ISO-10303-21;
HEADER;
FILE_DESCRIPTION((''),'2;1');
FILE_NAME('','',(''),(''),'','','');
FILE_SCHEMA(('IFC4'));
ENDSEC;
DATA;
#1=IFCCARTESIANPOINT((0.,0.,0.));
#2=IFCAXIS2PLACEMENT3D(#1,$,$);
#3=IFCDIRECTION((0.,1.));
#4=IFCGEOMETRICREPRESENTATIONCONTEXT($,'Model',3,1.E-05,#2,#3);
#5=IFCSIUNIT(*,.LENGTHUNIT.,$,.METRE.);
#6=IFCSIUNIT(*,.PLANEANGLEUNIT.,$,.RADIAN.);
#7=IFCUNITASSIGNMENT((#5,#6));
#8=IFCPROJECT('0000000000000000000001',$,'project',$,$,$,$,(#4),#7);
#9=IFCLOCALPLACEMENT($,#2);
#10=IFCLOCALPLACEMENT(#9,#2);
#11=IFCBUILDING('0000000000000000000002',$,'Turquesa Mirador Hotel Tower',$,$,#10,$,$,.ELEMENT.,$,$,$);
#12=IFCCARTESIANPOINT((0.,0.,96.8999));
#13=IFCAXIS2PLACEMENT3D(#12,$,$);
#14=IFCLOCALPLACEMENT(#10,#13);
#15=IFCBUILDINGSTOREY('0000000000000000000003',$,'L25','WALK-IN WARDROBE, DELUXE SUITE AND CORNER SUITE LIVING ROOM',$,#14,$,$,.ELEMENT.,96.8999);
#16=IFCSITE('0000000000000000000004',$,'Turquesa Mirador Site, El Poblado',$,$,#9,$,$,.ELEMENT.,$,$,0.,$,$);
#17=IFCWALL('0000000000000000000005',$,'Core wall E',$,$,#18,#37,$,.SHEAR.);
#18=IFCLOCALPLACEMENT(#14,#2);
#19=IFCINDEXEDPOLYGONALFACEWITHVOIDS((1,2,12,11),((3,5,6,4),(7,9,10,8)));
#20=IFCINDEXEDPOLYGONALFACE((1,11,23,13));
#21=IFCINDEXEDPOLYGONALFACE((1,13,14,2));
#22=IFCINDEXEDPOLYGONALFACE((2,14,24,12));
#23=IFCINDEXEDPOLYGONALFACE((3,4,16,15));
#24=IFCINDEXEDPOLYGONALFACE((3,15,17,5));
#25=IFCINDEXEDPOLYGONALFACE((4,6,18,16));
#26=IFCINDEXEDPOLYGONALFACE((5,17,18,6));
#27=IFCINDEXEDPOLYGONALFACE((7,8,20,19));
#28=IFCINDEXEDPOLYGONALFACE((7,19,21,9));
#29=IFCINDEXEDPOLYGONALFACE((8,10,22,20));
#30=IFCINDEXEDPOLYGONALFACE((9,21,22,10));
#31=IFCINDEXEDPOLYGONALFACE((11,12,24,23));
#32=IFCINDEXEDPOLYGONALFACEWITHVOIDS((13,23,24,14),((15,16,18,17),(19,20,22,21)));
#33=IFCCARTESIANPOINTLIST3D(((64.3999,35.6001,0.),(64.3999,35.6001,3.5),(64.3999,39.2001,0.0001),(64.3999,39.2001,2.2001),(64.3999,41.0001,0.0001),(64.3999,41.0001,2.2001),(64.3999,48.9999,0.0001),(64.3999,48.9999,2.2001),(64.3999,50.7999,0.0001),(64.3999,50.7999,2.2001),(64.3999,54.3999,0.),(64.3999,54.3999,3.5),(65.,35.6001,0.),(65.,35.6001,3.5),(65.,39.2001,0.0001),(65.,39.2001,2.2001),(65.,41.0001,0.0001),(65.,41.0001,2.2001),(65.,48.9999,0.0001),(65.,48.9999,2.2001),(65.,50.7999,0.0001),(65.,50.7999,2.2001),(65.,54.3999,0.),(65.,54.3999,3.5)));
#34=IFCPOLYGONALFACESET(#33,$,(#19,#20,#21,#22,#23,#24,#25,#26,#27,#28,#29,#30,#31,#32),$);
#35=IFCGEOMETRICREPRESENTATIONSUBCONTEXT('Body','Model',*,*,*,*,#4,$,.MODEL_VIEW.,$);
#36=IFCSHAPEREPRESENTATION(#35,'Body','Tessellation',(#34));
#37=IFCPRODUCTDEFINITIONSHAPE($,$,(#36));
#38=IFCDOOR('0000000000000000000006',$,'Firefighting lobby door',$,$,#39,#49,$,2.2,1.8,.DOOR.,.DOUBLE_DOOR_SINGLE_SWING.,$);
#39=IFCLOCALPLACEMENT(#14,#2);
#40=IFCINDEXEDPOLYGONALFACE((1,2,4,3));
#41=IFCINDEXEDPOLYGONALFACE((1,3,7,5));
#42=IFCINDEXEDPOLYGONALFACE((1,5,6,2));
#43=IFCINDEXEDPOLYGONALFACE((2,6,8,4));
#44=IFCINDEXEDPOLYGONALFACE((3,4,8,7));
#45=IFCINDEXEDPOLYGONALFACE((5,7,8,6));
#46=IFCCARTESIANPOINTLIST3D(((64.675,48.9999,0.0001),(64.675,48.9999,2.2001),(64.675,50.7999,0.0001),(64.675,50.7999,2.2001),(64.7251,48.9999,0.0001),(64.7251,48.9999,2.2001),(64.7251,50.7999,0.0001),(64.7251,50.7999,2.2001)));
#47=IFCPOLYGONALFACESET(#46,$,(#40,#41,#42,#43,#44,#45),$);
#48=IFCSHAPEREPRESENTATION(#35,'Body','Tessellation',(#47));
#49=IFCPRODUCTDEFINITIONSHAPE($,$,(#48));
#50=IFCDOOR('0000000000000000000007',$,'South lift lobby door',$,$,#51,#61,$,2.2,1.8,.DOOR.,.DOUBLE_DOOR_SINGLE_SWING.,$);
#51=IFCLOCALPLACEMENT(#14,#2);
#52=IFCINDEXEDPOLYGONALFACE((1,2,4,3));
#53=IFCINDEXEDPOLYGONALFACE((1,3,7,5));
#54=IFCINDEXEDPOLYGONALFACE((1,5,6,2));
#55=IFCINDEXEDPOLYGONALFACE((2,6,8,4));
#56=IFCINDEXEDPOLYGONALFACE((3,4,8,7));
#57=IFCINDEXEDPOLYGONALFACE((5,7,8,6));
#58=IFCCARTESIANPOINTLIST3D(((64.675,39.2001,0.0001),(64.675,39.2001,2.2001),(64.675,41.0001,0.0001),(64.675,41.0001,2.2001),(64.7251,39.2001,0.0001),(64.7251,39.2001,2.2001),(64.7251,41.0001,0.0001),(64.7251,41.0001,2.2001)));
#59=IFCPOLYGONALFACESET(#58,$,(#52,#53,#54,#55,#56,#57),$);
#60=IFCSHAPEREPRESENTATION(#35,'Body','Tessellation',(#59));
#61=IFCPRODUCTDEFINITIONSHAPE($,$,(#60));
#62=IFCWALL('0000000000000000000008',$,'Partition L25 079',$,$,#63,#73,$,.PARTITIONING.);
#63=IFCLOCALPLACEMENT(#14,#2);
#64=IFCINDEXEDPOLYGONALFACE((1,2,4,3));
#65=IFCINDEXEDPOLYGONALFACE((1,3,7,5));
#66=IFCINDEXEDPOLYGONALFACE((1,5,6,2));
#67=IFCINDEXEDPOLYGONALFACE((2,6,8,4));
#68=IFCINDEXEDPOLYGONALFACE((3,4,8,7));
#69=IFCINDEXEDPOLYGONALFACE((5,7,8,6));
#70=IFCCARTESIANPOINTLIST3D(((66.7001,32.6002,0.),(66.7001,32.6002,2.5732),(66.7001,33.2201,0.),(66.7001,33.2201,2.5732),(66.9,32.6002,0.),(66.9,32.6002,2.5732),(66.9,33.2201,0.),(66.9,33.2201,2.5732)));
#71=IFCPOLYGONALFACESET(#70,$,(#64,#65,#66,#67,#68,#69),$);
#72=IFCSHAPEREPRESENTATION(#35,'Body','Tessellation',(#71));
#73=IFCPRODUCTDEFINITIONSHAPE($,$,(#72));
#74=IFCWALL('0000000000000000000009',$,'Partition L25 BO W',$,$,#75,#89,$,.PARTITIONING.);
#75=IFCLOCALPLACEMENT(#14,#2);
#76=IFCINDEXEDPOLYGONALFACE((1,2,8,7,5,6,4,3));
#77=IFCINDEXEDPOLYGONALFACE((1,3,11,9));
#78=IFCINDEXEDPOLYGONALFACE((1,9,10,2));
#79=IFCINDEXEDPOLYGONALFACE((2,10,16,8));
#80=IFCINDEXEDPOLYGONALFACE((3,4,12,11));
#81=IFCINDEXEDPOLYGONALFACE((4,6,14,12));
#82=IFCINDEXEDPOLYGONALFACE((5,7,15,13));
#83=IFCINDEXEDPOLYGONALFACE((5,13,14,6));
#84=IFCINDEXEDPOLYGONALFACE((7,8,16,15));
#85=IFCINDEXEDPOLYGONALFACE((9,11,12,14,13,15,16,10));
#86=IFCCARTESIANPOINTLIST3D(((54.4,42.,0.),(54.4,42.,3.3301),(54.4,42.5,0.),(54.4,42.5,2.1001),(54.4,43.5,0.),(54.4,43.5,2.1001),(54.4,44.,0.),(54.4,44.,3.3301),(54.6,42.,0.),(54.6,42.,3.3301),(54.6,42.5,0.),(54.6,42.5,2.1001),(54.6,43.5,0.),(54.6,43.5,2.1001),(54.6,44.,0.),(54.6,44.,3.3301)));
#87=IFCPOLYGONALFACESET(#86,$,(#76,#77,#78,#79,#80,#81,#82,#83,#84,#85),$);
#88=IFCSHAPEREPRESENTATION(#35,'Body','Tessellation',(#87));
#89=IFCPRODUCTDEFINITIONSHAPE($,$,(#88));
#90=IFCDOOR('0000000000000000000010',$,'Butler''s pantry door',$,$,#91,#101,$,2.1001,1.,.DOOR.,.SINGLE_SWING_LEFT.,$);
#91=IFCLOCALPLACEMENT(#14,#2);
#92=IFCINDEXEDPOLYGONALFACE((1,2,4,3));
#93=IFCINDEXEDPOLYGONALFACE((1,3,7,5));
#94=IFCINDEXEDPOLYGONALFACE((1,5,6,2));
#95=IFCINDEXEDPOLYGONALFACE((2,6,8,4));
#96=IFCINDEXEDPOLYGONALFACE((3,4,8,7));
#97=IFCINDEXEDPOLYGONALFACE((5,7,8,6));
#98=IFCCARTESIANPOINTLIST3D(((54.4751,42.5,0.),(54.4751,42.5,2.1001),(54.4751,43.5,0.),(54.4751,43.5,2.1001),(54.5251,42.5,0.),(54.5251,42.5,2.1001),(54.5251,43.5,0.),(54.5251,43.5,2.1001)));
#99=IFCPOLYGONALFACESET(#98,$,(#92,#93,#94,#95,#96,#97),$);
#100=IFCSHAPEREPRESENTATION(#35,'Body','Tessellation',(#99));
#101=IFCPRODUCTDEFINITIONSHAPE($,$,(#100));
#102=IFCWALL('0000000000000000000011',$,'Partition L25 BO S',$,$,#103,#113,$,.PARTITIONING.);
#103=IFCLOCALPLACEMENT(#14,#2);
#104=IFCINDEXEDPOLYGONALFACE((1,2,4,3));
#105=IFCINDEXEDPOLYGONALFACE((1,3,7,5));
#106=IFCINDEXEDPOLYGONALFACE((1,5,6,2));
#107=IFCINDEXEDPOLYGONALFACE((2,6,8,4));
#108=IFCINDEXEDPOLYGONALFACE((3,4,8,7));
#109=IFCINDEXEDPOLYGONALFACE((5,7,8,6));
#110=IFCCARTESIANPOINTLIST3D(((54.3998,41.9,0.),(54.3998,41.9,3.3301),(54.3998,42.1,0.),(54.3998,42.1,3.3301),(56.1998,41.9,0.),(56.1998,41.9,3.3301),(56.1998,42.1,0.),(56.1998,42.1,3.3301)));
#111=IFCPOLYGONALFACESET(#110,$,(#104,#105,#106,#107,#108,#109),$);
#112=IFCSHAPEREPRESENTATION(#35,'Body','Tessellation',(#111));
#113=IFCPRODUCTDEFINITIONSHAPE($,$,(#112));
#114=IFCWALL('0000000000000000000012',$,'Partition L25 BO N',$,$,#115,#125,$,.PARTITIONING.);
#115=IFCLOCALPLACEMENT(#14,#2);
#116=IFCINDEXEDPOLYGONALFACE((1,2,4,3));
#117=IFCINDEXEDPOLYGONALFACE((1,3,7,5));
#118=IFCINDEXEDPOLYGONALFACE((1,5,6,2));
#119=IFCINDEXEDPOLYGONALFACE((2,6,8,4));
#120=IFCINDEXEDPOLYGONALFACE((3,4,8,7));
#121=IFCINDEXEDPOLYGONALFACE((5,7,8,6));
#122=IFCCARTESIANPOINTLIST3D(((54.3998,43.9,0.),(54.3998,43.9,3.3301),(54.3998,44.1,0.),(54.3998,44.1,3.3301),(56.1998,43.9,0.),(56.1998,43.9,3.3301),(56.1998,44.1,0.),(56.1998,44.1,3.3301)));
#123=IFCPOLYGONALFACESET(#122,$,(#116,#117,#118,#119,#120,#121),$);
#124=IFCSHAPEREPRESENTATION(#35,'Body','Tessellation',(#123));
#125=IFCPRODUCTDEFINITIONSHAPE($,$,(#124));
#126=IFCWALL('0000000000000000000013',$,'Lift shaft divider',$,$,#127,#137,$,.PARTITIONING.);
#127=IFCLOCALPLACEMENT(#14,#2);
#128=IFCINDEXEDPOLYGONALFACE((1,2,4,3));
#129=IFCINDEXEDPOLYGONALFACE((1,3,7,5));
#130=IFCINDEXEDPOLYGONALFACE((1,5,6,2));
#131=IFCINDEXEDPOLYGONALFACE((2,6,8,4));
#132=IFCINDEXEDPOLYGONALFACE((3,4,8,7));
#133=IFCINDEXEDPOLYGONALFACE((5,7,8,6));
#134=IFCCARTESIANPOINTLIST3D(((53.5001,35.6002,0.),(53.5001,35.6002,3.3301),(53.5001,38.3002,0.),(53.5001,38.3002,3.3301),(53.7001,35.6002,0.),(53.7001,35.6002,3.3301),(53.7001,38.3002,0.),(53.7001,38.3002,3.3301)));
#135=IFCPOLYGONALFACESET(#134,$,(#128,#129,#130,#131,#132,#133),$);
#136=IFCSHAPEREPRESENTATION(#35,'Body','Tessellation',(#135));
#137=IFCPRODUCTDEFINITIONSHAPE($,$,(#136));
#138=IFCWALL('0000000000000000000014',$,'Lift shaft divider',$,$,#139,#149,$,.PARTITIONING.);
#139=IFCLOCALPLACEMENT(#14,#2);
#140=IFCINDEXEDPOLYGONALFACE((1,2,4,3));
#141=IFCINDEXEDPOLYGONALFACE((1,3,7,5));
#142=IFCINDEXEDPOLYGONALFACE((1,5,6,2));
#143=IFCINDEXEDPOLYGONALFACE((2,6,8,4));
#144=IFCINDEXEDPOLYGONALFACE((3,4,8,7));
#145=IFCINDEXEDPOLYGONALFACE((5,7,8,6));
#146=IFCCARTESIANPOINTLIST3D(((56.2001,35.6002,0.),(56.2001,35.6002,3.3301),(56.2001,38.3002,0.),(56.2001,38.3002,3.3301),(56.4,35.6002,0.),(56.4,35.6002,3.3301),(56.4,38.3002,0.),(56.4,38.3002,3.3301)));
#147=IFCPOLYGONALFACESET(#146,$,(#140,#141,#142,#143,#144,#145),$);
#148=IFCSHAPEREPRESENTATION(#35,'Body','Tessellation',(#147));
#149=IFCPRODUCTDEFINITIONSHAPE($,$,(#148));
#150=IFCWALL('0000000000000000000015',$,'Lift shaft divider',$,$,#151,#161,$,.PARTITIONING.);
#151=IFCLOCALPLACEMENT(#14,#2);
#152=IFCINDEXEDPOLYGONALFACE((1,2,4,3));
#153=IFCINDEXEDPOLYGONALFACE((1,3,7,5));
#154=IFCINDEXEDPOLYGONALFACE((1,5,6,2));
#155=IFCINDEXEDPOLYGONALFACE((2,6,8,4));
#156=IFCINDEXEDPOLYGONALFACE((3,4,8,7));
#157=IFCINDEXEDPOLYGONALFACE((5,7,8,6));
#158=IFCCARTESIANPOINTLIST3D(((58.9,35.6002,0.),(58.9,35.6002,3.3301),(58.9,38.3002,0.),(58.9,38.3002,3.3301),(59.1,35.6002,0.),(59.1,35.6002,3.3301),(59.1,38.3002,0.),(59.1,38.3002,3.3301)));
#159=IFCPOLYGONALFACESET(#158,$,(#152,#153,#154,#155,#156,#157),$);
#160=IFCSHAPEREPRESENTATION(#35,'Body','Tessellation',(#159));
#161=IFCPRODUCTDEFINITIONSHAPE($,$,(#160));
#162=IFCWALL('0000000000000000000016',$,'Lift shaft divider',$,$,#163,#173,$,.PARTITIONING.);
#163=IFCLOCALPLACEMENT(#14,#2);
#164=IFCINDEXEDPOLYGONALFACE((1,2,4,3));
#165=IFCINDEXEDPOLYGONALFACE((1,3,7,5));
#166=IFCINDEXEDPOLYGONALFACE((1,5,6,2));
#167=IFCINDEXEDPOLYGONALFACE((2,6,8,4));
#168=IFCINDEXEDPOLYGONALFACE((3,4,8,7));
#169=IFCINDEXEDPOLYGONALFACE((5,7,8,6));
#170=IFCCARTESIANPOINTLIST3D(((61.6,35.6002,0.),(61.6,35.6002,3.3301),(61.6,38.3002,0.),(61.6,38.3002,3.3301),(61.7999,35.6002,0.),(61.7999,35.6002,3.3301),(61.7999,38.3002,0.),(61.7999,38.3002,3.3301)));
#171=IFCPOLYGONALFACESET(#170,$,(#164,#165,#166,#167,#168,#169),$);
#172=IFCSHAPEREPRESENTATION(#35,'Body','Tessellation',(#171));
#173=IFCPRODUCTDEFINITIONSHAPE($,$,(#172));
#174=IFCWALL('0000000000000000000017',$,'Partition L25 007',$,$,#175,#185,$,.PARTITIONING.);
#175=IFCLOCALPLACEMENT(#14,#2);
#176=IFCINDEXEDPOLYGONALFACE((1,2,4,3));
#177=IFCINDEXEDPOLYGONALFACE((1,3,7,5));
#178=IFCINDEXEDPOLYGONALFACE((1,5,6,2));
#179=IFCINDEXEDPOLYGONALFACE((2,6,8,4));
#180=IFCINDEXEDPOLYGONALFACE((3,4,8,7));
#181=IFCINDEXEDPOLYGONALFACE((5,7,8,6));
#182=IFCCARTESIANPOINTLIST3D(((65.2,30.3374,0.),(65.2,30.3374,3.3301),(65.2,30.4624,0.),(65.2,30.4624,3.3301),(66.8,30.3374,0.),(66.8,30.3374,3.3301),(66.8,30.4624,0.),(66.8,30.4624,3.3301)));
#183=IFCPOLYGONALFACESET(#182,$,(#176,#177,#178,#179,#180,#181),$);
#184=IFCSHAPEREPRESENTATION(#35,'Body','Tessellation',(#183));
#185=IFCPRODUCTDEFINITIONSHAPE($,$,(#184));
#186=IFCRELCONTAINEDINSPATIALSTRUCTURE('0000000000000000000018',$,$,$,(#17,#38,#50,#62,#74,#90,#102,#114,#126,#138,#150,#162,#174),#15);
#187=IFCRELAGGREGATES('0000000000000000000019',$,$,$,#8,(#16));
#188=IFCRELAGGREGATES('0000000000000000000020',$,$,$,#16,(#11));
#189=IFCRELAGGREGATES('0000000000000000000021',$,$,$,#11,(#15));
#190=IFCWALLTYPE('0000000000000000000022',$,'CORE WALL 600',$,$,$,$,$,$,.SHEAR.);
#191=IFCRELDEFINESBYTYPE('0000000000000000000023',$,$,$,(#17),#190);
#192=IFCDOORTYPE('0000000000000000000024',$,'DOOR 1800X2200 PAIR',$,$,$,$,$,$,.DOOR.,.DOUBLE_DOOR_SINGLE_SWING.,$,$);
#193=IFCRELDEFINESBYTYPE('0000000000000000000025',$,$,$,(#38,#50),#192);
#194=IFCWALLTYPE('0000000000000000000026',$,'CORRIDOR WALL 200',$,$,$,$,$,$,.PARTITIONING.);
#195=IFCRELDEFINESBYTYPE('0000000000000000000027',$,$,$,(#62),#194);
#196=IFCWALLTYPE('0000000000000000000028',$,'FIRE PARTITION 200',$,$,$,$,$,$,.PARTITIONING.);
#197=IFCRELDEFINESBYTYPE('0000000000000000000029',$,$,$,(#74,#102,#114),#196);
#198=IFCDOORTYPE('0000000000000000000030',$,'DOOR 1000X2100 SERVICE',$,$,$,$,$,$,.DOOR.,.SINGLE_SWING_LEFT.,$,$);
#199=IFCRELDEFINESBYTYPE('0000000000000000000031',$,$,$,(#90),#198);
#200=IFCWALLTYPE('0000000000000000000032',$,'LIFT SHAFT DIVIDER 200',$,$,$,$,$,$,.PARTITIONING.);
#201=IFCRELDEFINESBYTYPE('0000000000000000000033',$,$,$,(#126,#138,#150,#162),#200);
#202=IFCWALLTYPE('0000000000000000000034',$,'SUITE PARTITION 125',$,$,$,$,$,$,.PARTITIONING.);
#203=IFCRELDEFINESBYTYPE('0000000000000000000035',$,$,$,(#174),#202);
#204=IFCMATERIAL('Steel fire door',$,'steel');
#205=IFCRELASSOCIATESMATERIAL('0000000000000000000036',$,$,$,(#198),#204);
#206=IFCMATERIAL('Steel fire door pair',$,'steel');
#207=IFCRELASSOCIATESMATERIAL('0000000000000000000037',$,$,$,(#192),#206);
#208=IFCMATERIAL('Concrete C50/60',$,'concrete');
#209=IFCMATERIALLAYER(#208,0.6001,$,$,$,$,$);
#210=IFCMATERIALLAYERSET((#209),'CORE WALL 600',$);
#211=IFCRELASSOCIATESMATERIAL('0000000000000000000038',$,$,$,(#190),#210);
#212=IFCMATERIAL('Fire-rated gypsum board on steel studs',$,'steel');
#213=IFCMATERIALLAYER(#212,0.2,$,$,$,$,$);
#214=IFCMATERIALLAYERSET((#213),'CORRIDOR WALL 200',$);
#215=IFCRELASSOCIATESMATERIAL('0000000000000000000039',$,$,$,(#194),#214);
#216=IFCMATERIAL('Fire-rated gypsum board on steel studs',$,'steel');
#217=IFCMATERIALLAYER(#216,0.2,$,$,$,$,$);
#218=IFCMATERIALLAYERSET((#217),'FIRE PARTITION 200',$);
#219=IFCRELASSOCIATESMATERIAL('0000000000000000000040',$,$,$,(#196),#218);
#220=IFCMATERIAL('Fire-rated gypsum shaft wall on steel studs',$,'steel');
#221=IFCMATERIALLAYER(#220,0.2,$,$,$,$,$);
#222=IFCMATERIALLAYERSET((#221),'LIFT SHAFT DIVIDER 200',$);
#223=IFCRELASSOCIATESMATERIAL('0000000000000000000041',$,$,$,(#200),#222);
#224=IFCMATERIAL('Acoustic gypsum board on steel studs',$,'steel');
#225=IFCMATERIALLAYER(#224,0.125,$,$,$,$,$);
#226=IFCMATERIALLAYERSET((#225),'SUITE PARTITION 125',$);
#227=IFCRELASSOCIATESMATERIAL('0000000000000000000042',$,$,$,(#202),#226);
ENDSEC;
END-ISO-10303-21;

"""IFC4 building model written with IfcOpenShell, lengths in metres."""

from ifc_helpers import new_model, si_unit, direction, frame, frame_2d, origin, place, context, subcontext, project, spatial, rectangle, extrude, material, layer, layer_set, type_object, element, fill, save


model = new_model("IFC4")

# Units and contexts
model_context = context("Model", 3, precision=1e-05, world=origin(), true_north=direction((0.0, 1.0)))
body_context = subcontext(model_context, "Body", "Model", "MODEL_VIEW")
ifc_project = project(units=[si_unit("LENGTHUNIT", "METRE"), si_unit("PLANEANGLEUNIT", "RADIAN")], contexts=[model_context])

# Site, building, storey
site_placement = place(None, origin())
site = spatial("IfcSite", under=ifc_project, at=site_placement, Name="Turquesa Mirador Site, El Poblado", CompositionType="ELEMENT", RefElevation=0.0)
building_placement = place(site_placement, origin())
building = spatial("IfcBuilding", under=site, at=building_placement, Name="Turquesa Mirador Hotel Tower", CompositionType="ELEMENT")
storey_placement = place(building_placement, frame((0.0, 0.0, 96.8999)))
storey = spatial("IfcBuildingStorey", under=building, at=storey_placement, Name="L25", Description="WALK-IN WARDROBE, DELUXE SUITE AND CORNER SUITE LIVING ROOM", CompositionType="ELEMENT", Elevation=96.8999)

# Shared definitions
ifc_material_1 = material(Name="Steel fire door", Category="steel")
door_type_1 = type_object("IfcDoorType", Name="DOOR 1000X2100 SERVICE", OperationType="SINGLE_SWING_LEFT", PredefinedType="DOOR", material=ifc_material_1)
ifc_material_2 = material(Name="Steel fire door pair", Category="steel")
door_type_2 = type_object("IfcDoorType", Name="DOOR 1800X2200 PAIR", OperationType="DOUBLE_DOOR_SINGLE_SWING", PredefinedType="DOOR", material=ifc_material_2)

# Wall, openings, doors
ifc_material_3 = material(Name="Concrete C50/60", Category="concrete")
ifc_layer_1 = layer(ifc_material_3, 0.6001)
ifc_layer_set_1 = layer_set([ifc_layer_1], Name="CORE WALL 600")
wall_type_1 = type_object("IfcWallType", Name="CORE WALL 600", PredefinedType="SHEAR", material=ifc_layer_set_1)
wall_1_placement = place(storey_placement, frame((64.7, 35.6001, 0.0), z_axis=(0.0, 0.0, 1.0), x_axis=(0.0, 1.0, 0.0)))
wall_1 = element("IfcWall", 1, at=wall_1_placement, inside=storey, type_object=wall_type_1, Name="Core wall E", PredefinedType="SHEAR", context=body_context, shape_type="SweptSolid", body=[
    extrude(rectangle(XDim=18.7998, YDim=0.6001, at=frame_2d((9.3999, 0.0))), origin(), (0.0, 0.0, 1.0), 3.5),
])
opening_1_placement = place(wall_1_placement, frame((13.3999, 0.0, 0.0)))
opening_1 = element("IfcOpeningElement", 2, at=opening_1_placement, cuts=wall_1, PredefinedType="OPENING", context=body_context, shape_type="SweptSolid", body=[
    extrude(rectangle(XDim=1.8, YDim=2.2, at=frame_2d((0.8999, 1.1001))), frame((0.0, 0.3101, 0.0), z_axis=(0.0, -1.0, 0.0), x_axis=(1.0, 0.0, 0.0)), (0.0, 0.0, 1.0), 0.6201),
])
opening_2_placement = place(wall_1_placement, frame((3.6001, 0.0, 0.0)))
opening_2 = element("IfcOpeningElement", 3, at=opening_2_placement, cuts=wall_1, PredefinedType="OPENING", context=body_context, shape_type="SweptSolid", body=[
    extrude(rectangle(XDim=1.8, YDim=2.2, at=frame_2d((0.8999, 1.1001))), frame((0.0, 0.3101, 0.0), z_axis=(0.0, -1.0, 0.0), x_axis=(1.0, 0.0, 0.0)), (0.0, 0.0, 1.0), 0.6201),
])
door_1_placement = place(opening_1_placement, origin())
door_1 = element("IfcDoor", 4, at=door_1_placement, inside=storey, type_object=door_type_2, Name="Firefighting lobby door", OperationType="DOUBLE_DOOR_SINGLE_SWING", OverallHeight=2.2, OverallWidth=1.8, PredefinedType="DOOR", context=body_context, shape_type="SweptSolid", body=[
    extrude(rectangle(XDim=1.8, YDim=2.2, at=frame_2d((0.8999, 1.1001))), frame((0.0, 0.0249, 0.0), z_axis=(0.0, -1.0, 0.0), x_axis=(1.0, 0.0, 0.0)), (0.0, 0.0, 1.0), 0.05),
])
fill(opening_1, door_1)
door_2_placement = place(opening_2_placement, origin())
door_2 = element("IfcDoor", 5, at=door_2_placement, inside=storey, type_object=door_type_2, Name="South lift lobby door", OperationType="DOUBLE_DOOR_SINGLE_SWING", OverallHeight=2.2, OverallWidth=1.8, PredefinedType="DOOR", context=body_context, shape_type="SweptSolid", body=[
    extrude(rectangle(XDim=1.8, YDim=2.2, at=frame_2d((0.8999, 1.1001))), frame((0.0, 0.0249, 0.0), z_axis=(0.0, -1.0, 0.0), x_axis=(1.0, 0.0, 0.0)), (0.0, 0.0, 1.0), 0.05),
])
fill(opening_2, door_2)

# Wall
ifc_material_4 = material(Name="Fire-rated gypsum board on steel studs", Category="steel")
ifc_layer_2 = layer(ifc_material_4, 0.2)
ifc_layer_set_2 = layer_set([ifc_layer_2], Name="CORRIDOR WALL 200")
wall_type_2 = type_object("IfcWallType", Name="CORRIDOR WALL 200", PredefinedType="PARTITIONING", material=ifc_layer_set_2)
wall_2_placement = place(storey_placement, frame((66.8, 32.6001, 0.0), z_axis=(0.0, 0.0, 1.0), x_axis=(0.0, 1.0, 0.0)))
element("IfcWall", 6, at=wall_2_placement, inside=storey, type_object=wall_type_2, Name="Partition L25 079", PredefinedType="PARTITIONING", context=body_context, shape_type="SweptSolid", body=[
    extrude(rectangle(XDim=0.6199, YDim=0.2, at=frame_2d((0.3101, 0.0))), origin(), (0.0, 0.0, 1.0), 2.5732),
])

# Wall, opening, door
ifc_material_5 = material(Name="Fire-rated gypsum board on steel studs", Category="steel")
ifc_layer_3 = layer(ifc_material_5, 0.2)
ifc_layer_set_3 = layer_set([ifc_layer_3], Name="FIRE PARTITION 200")
wall_type_3 = type_object("IfcWallType", Name="FIRE PARTITION 200", PredefinedType="PARTITIONING", material=ifc_layer_set_3)
wall_3_placement = place(storey_placement, frame((54.5, 42.0, 0.0), z_axis=(0.0, 0.0, 1.0), x_axis=(0.0, 1.0, 0.0)))
wall_3 = element("IfcWall", 7, at=wall_3_placement, inside=storey, type_object=wall_type_3, Name="Partition L25 BO W", PredefinedType="PARTITIONING", context=body_context, shape_type="SweptSolid", body=[
    extrude(rectangle(XDim=2.0, YDim=0.2, at=frame_2d((1.0, 0.0))), origin(), (0.0, 0.0, 1.0), 3.3301),
])
opening_3_placement = place(wall_3_placement, frame((0.5, 0.0, 0.0)))
opening_3 = element("IfcOpeningElement", 8, at=opening_3_placement, cuts=wall_3, PredefinedType="OPENING", context=body_context, shape_type="SweptSolid", body=[
    extrude(rectangle(XDim=1.0, YDim=2.1001, at=frame_2d((0.5, 1.05))), frame((0.0, 0.1099, 0.0), z_axis=(0.0, -1.0, 0.0), x_axis=(1.0, 0.0, 0.0)), (0.0, 0.0, 1.0), 0.22),
])
door_3_placement = place(opening_3_placement, origin())
door_3 = element("IfcDoor", 9, at=door_3_placement, inside=storey, type_object=door_type_1, Name="Butler's pantry door", OperationType="SINGLE_SWING_LEFT", OverallHeight=2.1001, OverallWidth=1.0, PredefinedType="DOOR", context=body_context, shape_type="SweptSolid", body=[
    extrude(rectangle(XDim=1.0, YDim=2.1001, at=frame_2d((0.5, 1.05))), frame((0.0, 0.0249, 0.0), z_axis=(0.0, -1.0, 0.0), x_axis=(1.0, 0.0, 0.0)), (0.0, 0.0, 1.0), 0.05),
])
fill(opening_3, door_3)

# Walls
for number, where, z_axis, x_axis, name in (
    (10, (54.3999, 42.0, 0.0), (0.0, 0.0, 1.0), (1.0, 0.0, 0.0), "Partition L25 BO S"),
    (11, (54.3999, 44.0, 0.0), (0.0, 0.0, 1.0), (1.0, 0.0, 0.0), "Partition L25 BO N"),
):
    element("IfcWall", number, at=place(storey_placement, frame(where, z_axis=z_axis, x_axis=x_axis)), inside=storey, type_object=wall_type_3, Name=name, PredefinedType="PARTITIONING", context=body_context, shape_type="SweptSolid", body=[
        extrude(rectangle(XDim=1.8, YDim=0.2, at=frame_2d((0.8999, 0.0))), origin(), (0.0, 0.0, 1.0), 3.3301),
    ])
ifc_material_6 = material(Name="Fire-rated gypsum shaft wall on steel studs", Category="steel")
ifc_layer_4 = layer(ifc_material_6, 0.2)
ifc_layer_set_4 = layer_set([ifc_layer_4], Name="LIFT SHAFT DIVIDER 200")
wall_type_4 = type_object("IfcWallType", Name="LIFT SHAFT DIVIDER 200", PredefinedType="PARTITIONING", material=ifc_layer_set_4)
for number, where, z_axis, x_axis, name in (
    (12, (53.6001, 35.6001, 0.0), (0.0, 0.0, 1.0), (0.0, 1.0, 0.0), "Lift shaft divider"),
    (13, (56.3, 35.6001, 0.0), (0.0, 0.0, 1.0), (0.0, 1.0, 0.0), "Lift shaft divider"),
    (14, (59.0, 35.6001, 0.0), (0.0, 0.0, 1.0), (0.0, 1.0, 0.0), "Lift shaft divider"),
    (15, (61.7, 35.6001, 0.0), (0.0, 0.0, 1.0), (0.0, 1.0, 0.0), "Lift shaft divider"),
):
    element("IfcWall", number, at=place(storey_placement, frame(where, z_axis=z_axis, x_axis=x_axis)), inside=storey, type_object=wall_type_4, Name=name, PredefinedType="PARTITIONING", context=body_context, shape_type="SweptSolid", body=[
        extrude(rectangle(XDim=2.7, YDim=0.2, at=frame_2d((1.3501, 0.0))), origin(), (0.0, 0.0, 1.0), 3.3301),
    ])
ifc_material_7 = material(Name="Acoustic gypsum board on steel studs", Category="steel")
ifc_layer_5 = layer(ifc_material_7, 0.125)
ifc_layer_set_5 = layer_set([ifc_layer_5], Name="SUITE PARTITION 125")
wall_type_5 = type_object("IfcWallType", Name="SUITE PARTITION 125", PredefinedType="PARTITIONING", material=ifc_layer_set_5)
wall_4_placement = place(storey_placement, frame((65.2, 30.3999, 0.0), z_axis=(0.0, 0.0, 1.0), x_axis=(1.0, 0.0, 0.0)))
element("IfcWall", 16, at=wall_4_placement, inside=storey, type_object=wall_type_5, Name="Partition L25 007", PredefinedType="PARTITIONING", context=body_context, shape_type="SweptSolid", body=[
    extrude(rectangle(XDim=1.6001, YDim=0.125, at=frame_2d((0.8, 0.0))), origin(), (0.0, 0.0, 1.0), 3.3301),
])

save(model, "model.ifc")
